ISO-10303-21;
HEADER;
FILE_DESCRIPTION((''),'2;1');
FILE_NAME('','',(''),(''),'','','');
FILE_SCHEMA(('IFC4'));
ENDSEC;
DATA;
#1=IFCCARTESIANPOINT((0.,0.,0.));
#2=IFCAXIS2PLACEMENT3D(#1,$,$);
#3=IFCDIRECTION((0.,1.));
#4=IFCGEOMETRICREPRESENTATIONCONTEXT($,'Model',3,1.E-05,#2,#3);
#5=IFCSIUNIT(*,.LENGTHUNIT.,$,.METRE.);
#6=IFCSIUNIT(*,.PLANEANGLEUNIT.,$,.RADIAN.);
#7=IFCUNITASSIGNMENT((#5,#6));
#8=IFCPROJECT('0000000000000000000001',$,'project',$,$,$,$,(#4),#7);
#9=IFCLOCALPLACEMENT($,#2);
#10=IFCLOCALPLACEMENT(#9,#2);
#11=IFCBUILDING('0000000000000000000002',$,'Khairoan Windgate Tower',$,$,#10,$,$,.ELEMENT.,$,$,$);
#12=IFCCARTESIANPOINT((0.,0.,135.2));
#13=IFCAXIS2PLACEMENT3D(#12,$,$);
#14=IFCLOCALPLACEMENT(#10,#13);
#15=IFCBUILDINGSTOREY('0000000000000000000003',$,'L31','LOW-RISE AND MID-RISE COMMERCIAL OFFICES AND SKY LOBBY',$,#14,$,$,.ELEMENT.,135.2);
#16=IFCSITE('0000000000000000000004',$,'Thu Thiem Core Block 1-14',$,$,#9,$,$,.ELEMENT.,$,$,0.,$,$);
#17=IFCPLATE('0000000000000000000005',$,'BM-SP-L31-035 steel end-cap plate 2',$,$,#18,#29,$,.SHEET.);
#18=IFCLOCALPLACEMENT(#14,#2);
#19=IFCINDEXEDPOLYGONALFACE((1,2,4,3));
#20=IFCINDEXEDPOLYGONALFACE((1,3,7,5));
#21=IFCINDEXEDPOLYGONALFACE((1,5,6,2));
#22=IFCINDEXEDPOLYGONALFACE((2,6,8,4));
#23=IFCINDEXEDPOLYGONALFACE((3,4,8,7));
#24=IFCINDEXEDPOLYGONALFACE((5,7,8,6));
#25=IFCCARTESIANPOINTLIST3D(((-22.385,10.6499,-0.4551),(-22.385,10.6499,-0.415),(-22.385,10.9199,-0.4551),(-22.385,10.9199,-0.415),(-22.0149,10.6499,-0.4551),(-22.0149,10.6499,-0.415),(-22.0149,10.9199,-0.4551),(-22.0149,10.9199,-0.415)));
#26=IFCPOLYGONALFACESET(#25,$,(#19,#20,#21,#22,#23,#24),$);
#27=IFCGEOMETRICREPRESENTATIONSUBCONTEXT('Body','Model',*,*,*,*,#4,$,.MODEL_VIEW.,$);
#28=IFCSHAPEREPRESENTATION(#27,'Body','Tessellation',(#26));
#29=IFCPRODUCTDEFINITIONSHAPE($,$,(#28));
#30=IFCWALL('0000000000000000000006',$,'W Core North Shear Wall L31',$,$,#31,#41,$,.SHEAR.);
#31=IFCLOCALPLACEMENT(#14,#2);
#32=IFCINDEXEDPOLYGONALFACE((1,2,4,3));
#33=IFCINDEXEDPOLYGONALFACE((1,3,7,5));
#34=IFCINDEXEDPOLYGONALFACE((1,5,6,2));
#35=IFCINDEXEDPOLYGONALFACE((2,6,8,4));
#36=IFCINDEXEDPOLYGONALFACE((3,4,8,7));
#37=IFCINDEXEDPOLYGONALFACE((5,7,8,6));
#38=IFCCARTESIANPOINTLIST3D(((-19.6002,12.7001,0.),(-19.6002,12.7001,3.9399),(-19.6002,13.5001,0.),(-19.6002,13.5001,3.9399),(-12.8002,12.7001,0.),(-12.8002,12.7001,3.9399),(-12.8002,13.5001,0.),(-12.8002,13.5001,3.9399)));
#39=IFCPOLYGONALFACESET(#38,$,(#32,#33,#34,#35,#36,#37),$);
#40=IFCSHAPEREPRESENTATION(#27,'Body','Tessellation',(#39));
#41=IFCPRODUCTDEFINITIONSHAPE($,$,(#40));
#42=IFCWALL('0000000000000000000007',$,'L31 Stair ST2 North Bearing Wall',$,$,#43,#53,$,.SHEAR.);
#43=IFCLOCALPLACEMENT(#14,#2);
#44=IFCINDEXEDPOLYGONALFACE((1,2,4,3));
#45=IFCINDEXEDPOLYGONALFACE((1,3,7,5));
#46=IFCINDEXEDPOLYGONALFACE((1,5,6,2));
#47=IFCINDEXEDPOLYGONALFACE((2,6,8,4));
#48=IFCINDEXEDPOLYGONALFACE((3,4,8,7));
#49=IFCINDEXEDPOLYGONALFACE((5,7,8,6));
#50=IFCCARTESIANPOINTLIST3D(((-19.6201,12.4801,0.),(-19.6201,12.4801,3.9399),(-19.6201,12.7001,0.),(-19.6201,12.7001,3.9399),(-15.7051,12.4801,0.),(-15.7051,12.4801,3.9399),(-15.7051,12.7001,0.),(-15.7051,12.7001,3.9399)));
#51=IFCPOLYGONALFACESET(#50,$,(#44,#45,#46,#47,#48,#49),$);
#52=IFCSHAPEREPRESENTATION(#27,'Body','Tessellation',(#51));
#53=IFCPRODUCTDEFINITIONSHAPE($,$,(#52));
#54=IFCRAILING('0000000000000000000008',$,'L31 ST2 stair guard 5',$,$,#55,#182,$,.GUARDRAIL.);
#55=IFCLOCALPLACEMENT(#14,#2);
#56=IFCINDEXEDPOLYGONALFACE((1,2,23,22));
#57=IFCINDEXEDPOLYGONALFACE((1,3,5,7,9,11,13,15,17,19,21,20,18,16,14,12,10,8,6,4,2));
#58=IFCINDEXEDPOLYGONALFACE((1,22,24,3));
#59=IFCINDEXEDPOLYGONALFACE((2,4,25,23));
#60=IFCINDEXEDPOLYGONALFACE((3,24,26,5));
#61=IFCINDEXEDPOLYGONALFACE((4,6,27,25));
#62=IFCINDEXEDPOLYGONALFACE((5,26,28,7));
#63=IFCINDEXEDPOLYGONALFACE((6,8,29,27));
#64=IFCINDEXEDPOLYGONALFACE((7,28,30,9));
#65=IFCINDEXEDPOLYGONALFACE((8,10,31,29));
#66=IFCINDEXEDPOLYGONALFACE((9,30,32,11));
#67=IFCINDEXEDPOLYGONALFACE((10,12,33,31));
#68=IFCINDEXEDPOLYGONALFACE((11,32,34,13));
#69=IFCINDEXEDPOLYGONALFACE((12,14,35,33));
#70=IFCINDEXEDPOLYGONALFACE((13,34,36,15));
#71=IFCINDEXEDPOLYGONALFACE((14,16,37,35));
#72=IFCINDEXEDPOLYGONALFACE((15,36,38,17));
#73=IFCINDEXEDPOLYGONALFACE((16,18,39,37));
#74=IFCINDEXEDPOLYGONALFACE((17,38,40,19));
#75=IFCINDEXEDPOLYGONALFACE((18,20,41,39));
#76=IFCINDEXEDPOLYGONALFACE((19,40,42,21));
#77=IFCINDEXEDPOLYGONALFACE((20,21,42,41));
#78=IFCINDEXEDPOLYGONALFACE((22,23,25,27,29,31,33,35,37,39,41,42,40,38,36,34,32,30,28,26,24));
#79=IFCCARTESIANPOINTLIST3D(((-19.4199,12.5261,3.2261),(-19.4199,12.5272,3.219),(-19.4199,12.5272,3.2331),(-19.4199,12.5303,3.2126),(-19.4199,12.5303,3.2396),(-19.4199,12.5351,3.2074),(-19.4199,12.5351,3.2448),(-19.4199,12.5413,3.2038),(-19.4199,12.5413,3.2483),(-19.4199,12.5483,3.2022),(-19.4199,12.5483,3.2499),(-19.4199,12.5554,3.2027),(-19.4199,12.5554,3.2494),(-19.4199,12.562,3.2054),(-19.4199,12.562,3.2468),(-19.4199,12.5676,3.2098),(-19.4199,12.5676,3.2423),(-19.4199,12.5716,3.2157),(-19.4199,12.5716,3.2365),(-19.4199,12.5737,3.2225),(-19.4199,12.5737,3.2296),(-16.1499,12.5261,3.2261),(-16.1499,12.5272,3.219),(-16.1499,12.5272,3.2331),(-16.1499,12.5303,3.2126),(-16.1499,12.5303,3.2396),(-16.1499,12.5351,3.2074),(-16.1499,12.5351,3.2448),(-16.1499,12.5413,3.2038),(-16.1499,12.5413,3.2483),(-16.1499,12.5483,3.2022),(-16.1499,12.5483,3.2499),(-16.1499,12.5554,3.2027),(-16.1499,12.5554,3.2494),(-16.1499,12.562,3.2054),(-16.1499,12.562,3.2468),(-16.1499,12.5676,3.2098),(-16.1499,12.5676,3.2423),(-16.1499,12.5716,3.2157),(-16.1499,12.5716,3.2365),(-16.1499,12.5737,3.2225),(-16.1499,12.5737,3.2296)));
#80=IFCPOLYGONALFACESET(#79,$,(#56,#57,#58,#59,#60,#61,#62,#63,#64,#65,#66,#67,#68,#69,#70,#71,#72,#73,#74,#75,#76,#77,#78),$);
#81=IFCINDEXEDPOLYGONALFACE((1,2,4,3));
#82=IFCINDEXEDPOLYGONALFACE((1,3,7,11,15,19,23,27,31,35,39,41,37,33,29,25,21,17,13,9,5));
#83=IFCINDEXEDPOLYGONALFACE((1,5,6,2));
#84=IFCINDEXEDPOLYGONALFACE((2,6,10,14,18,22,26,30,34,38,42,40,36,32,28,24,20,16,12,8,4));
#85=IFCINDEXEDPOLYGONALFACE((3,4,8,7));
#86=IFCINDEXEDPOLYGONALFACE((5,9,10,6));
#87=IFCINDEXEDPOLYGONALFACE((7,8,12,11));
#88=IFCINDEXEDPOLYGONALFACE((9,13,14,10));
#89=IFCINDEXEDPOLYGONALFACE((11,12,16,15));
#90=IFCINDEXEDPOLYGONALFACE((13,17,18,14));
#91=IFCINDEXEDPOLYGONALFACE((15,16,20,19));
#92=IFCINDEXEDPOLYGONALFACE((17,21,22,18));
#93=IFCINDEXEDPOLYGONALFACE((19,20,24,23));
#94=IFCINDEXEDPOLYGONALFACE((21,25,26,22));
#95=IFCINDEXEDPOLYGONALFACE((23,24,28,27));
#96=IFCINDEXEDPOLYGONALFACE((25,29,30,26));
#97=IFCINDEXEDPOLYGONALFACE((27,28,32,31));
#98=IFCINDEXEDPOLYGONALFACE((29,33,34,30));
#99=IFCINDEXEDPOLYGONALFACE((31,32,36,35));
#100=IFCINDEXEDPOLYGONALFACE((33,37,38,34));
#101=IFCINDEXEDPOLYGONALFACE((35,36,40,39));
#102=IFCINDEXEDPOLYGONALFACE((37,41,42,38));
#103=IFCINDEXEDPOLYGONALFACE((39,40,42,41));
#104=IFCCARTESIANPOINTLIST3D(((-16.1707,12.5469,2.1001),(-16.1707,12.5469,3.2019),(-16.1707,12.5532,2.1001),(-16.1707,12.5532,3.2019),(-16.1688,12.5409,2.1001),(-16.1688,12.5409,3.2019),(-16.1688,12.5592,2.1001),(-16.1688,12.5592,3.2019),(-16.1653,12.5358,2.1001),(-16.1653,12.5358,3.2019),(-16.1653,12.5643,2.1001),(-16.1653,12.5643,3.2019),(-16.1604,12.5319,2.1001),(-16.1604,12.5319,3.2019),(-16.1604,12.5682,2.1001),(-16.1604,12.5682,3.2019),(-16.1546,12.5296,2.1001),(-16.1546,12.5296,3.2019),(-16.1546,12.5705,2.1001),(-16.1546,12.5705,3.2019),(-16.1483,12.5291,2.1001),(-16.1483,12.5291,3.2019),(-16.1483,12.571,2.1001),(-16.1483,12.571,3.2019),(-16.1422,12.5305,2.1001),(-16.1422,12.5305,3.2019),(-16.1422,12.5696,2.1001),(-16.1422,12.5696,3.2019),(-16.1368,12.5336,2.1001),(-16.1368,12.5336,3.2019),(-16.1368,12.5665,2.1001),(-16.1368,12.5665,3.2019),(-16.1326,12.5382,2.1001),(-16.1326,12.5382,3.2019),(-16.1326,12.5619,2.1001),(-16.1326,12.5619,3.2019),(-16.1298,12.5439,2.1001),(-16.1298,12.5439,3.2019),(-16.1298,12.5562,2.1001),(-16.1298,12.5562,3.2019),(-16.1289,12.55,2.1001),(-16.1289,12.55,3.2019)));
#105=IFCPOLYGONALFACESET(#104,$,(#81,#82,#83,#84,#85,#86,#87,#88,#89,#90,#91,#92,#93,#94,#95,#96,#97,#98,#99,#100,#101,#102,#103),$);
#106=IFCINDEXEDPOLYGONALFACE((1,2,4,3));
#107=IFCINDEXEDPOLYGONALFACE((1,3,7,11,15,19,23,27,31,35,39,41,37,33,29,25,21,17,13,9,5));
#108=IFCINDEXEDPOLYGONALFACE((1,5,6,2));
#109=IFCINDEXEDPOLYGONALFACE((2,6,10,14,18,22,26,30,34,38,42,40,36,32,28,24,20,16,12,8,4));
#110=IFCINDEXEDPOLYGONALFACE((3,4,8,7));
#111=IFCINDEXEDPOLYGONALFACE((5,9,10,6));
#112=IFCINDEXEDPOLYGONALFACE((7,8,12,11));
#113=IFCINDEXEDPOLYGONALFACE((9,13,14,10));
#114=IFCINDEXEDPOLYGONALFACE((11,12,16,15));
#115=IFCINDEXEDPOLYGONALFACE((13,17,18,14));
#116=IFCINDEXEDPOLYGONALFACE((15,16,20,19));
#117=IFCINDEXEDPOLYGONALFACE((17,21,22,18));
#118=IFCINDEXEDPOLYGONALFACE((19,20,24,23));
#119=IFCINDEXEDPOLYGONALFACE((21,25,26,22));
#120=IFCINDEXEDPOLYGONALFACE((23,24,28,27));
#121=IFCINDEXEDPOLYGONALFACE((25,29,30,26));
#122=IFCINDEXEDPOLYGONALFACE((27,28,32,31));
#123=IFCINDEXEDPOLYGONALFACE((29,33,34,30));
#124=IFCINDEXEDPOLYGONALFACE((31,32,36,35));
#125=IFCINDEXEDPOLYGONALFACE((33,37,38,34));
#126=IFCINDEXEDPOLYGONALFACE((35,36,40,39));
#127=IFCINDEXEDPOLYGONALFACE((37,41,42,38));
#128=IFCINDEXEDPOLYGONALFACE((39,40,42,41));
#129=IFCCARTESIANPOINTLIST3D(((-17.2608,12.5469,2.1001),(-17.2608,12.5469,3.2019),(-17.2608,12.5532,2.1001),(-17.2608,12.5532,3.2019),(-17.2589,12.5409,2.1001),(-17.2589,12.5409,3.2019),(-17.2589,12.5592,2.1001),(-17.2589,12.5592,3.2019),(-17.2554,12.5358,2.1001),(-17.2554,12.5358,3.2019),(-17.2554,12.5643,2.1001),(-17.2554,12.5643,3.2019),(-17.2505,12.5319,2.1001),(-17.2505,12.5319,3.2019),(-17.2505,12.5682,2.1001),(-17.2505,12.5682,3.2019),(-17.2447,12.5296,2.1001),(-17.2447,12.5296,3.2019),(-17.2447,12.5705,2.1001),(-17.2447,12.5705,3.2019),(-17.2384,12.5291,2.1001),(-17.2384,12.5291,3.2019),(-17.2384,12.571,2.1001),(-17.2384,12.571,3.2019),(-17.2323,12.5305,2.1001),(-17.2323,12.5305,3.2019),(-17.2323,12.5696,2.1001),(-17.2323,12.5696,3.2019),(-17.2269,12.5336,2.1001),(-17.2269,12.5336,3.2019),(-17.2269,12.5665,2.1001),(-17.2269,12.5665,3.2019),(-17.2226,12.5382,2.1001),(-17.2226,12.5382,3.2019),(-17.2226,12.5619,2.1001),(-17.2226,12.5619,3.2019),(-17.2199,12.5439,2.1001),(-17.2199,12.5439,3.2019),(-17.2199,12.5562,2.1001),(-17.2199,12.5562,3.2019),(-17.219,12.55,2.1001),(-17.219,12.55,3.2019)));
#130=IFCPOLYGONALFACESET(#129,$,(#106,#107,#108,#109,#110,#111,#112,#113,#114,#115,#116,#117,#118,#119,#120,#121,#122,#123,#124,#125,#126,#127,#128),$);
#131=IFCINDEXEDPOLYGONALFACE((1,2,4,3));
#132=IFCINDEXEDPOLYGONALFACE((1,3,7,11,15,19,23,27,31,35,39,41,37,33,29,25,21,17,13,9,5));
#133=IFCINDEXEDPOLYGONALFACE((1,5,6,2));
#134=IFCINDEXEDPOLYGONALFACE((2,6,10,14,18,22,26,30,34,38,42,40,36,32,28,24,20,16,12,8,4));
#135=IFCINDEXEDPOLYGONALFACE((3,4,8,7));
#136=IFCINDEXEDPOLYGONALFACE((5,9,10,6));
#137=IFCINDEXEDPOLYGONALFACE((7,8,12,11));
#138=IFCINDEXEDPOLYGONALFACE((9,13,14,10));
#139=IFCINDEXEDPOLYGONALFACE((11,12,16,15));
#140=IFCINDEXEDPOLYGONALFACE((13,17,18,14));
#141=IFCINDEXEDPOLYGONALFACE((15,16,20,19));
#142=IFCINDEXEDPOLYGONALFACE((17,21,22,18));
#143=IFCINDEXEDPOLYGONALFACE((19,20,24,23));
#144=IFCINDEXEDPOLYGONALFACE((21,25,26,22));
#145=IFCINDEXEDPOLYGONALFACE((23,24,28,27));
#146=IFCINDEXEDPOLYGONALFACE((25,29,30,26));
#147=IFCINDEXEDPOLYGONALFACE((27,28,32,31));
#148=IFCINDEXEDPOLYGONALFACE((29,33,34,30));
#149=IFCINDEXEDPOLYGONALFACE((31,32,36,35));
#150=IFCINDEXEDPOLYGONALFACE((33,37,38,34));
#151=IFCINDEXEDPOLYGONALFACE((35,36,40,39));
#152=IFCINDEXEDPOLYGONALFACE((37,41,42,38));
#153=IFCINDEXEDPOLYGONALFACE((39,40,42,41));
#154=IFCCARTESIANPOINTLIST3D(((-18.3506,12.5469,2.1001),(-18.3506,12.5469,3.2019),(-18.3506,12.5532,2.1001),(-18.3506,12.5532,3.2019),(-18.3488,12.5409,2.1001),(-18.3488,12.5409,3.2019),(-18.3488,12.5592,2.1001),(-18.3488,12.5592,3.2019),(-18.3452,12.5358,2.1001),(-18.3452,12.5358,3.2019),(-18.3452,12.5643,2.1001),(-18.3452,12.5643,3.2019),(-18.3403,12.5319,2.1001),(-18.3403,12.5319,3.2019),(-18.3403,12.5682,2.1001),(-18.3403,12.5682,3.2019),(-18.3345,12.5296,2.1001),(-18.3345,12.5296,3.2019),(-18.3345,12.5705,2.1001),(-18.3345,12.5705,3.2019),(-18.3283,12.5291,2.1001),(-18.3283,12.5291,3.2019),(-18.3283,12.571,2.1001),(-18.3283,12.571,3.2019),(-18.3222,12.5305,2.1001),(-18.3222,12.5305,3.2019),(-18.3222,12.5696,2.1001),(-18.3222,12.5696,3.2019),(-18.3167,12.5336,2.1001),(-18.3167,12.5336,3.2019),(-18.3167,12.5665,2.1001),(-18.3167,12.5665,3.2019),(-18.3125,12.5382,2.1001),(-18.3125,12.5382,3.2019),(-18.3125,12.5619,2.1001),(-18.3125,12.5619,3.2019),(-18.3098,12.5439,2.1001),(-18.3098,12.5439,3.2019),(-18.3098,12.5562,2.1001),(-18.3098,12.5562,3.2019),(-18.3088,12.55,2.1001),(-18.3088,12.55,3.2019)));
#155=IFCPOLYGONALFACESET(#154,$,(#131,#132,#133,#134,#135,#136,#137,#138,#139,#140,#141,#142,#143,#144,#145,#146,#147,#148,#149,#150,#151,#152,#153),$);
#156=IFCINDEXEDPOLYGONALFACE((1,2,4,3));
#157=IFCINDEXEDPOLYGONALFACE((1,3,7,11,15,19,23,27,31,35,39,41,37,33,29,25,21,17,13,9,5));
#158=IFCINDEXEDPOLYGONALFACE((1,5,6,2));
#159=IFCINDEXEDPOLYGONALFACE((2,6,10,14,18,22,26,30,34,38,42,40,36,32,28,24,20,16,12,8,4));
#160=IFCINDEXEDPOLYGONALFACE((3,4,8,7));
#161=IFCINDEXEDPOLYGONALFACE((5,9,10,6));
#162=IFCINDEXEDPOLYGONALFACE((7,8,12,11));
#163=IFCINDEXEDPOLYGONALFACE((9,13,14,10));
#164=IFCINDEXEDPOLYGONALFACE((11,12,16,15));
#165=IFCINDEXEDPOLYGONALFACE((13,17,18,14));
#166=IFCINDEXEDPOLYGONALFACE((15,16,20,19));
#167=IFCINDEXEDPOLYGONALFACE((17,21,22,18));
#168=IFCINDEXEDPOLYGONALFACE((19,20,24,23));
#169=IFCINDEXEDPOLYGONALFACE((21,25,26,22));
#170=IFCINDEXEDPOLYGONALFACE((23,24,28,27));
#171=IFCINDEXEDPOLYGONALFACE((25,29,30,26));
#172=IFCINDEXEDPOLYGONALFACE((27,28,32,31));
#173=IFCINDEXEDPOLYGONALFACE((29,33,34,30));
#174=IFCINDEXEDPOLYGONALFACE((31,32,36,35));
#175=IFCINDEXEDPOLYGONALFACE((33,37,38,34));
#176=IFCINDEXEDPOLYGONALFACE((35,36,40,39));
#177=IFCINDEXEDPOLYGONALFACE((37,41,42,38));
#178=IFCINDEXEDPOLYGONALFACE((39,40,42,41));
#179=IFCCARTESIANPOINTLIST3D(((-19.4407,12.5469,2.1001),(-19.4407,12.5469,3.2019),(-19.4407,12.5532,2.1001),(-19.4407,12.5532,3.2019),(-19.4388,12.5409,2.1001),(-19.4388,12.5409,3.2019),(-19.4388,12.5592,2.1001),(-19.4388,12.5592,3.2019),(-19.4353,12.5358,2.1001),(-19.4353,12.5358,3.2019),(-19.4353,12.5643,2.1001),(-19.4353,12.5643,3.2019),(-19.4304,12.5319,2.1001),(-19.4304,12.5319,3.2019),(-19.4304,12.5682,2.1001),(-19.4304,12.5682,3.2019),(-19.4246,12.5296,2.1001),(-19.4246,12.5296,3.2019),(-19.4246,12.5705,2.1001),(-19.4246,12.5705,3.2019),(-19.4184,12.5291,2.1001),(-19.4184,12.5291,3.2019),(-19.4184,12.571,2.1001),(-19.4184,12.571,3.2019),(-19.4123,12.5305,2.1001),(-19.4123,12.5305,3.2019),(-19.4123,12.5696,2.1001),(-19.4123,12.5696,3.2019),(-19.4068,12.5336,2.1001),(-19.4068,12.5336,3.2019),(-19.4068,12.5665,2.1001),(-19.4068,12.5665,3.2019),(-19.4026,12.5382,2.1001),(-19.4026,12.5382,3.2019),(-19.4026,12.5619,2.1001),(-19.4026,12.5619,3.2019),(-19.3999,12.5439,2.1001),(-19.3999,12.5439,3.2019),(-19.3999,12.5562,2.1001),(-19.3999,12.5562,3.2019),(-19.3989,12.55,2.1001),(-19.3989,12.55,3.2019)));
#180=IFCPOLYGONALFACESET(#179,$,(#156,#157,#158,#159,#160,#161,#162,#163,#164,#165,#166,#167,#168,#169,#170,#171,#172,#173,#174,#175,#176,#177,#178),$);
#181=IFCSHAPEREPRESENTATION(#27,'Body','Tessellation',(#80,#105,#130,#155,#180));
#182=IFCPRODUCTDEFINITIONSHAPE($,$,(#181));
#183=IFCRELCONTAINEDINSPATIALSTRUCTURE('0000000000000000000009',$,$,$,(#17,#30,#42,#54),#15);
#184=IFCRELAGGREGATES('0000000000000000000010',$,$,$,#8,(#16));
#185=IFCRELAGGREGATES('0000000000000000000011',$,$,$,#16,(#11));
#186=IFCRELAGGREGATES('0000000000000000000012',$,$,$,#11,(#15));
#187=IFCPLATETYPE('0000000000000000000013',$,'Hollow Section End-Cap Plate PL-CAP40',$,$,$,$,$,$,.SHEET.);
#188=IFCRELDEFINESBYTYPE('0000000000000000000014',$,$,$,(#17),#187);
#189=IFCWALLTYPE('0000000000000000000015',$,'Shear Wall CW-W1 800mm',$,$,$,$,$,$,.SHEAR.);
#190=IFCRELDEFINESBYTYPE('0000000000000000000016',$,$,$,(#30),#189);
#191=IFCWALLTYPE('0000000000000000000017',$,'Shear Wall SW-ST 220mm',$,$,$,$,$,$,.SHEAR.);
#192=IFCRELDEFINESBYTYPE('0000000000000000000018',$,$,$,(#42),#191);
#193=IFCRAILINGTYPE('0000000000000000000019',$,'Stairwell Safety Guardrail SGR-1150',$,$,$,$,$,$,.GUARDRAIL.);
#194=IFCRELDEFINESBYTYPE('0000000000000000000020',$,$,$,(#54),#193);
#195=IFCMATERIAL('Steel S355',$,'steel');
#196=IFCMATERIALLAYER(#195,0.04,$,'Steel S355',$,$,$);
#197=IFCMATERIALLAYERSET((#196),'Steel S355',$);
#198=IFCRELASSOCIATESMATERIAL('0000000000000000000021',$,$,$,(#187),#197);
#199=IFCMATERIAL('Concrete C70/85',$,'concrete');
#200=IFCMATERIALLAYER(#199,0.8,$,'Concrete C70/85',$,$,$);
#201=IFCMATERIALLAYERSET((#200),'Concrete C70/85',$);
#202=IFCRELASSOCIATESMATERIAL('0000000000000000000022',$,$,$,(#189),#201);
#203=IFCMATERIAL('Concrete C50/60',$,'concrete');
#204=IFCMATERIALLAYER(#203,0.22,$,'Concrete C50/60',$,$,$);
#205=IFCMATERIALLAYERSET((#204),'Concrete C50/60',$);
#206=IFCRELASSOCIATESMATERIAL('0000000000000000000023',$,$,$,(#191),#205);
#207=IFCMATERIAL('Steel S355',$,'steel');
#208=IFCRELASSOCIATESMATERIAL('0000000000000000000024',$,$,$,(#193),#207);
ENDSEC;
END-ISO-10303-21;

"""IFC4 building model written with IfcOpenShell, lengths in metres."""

from ifc_helpers import new_model, si_unit, direction, frame, frame_2d, origin, origin_2d, place, context, subcontext, project, spatial, rectangle, circle, extrude, material, layer, layer_set, type_object, element, save


model = new_model("IFC4")

# Units and contexts
model_context = context("Model", 3, precision=1e-05, world=origin(), true_north=direction((0.0, 1.0)))
body_context = subcontext(model_context, "Body", "Model", "MODEL_VIEW")
ifc_project = project(units=[si_unit("LENGTHUNIT", "METRE"), si_unit("PLANEANGLEUNIT", "RADIAN")], contexts=[model_context])

# Site, building, storey
site_placement = place(None, origin())
site = spatial("IfcSite", under=ifc_project, at=site_placement, Name="Thu Thiem Core Block 1-14", CompositionType="ELEMENT", RefElevation=0.0)
building_placement = place(site_placement, origin())
building = spatial("IfcBuilding", under=site, at=building_placement, Name="Khairoan Windgate Tower", CompositionType="ELEMENT")
storey_placement = place(building_placement, frame((0.0, 0.0, 135.2)))
storey = spatial("IfcBuildingStorey", under=building, at=storey_placement, Name="L31", Description="LOW-RISE AND MID-RISE COMMERCIAL OFFICES AND SKY LOBBY", CompositionType="ELEMENT", Elevation=135.2)

# Plate
ifc_material_1 = material(Name="Steel S355", Category="steel")
ifc_layer_1 = layer(ifc_material_1, 0.04, Name="Steel S355")
ifc_layer_set_1 = layer_set([ifc_layer_1], Name="Steel S355")
plate_type = type_object("IfcPlateType", Name="Hollow Section End-Cap Plate PL-CAP40", PredefinedType="SHEET", material=ifc_layer_set_1)
plate_placement = place(storey_placement, frame((-22.2, 10.7849, -0.4551), z_axis=(0.0, 0.0, 1.0), x_axis=(0.0, 1.0, 0.0)))
element("IfcPlate", 1, at=plate_placement, inside=storey, type_object=plate_type, Name="BM-SP-L31-035 steel end-cap plate 2", PredefinedType="SHEET", context=body_context, shape_type="SweptSolid", body=[
    extrude(rectangle(XDim=0.27, YDim=0.3701, at=origin_2d()), origin(), (0.0, 0.0, 1.0), 0.04),
])

# Walls
ifc_material_2 = material(Name="Concrete C70/85", Category="concrete")
ifc_layer_2 = layer(ifc_material_2, 0.8, Name="Concrete C70/85")
ifc_layer_set_2 = layer_set([ifc_layer_2], Name="Concrete C70/85")
wall_type_1 = type_object("IfcWallType", Name="Shear Wall CW-W1 800mm", PredefinedType="SHEAR", material=ifc_layer_set_2)
wall_1_placement = place(storey_placement, frame((-19.6001, 13.1001, 0.0), z_axis=(0.0, 0.0, 1.0), x_axis=(1.0, 0.0, 0.0)))
element("IfcWall", 2, at=wall_1_placement, inside=storey, type_object=wall_type_1, Name="W Core North Shear Wall L31", PredefinedType="SHEAR", context=body_context, shape_type="SweptSolid", body=[
    extrude(rectangle(XDim=6.8, YDim=0.8, at=frame_2d((3.3999, 0.0))), origin(), (0.0, 0.0, 1.0), 3.9399),
])
ifc_material_3 = material(Name="Concrete C50/60", Category="concrete")
ifc_layer_3 = layer(ifc_material_3, 0.22, Name="Concrete C50/60")
ifc_layer_set_3 = layer_set([ifc_layer_3], Name="Concrete C50/60")
wall_type_2 = type_object("IfcWallType", Name="Shear Wall SW-ST 220mm", PredefinedType="SHEAR", material=ifc_layer_set_3)
wall_2_placement = place(storey_placement, frame((-19.6201, 12.5901, 0.0), z_axis=(0.0, 0.0, 1.0), x_axis=(1.0, 0.0, 0.0)))
element("IfcWall", 3, at=wall_2_placement, inside=storey, type_object=wall_type_2, Name="L31 Stair ST2 North Bearing Wall", PredefinedType="SHEAR", context=body_context, shape_type="SweptSolid", body=[
    extrude(rectangle(XDim=3.915, YDim=0.22, at=frame_2d((1.9575, 0.0))), origin(), (0.0, 0.0, 1.0), 3.9399),
])

# Railing
ifc_material_4 = material(Name="Steel S355", Category="steel")
railing_type = type_object("IfcRailingType", Name="Stairwell Safety Guardrail SGR-1150", PredefinedType="GUARDRAIL", material=ifc_material_4)
railing_1_placement = place(storey_placement, frame((-16.1499, 12.55, 2.1001)))
element("IfcRailing", 4, at=railing_1_placement, inside=storey, type_object=railing_type, Name="L31 ST2 stair guard 5", PredefinedType="GUARDRAIL", context=body_context, shape_type="SweptSolid", body=[
    extrude(circle(Radius=0.0239, at=origin_2d()), frame((0.0, 0.0, 1.126), z_axis=(-1.0, 0.0, 0.0), x_axis=(0.0, -1.0, 0.0)), (0.0, 0.0, 1.0), 3.27),
    extrude(circle(Radius=0.021, at=origin_2d()), origin(), (0.0, 0.0, 1.0), 1.1018),
    extrude(circle(Radius=0.021, at=origin_2d()), frame((-1.0901, 0.0, 0.0)), (0.0, 0.0, 1.0), 1.1018),
    extrude(circle(Radius=0.021, at=origin_2d()), frame((-2.1799, 0.0, 0.0)), (0.0, 0.0, 1.0), 1.1018),
    extrude(circle(Radius=0.021, at=origin_2d()), frame((-3.27, 0.0, 0.0)), (0.0, 0.0, 1.0), 1.1018),
])

save(model, "model.ifc")
